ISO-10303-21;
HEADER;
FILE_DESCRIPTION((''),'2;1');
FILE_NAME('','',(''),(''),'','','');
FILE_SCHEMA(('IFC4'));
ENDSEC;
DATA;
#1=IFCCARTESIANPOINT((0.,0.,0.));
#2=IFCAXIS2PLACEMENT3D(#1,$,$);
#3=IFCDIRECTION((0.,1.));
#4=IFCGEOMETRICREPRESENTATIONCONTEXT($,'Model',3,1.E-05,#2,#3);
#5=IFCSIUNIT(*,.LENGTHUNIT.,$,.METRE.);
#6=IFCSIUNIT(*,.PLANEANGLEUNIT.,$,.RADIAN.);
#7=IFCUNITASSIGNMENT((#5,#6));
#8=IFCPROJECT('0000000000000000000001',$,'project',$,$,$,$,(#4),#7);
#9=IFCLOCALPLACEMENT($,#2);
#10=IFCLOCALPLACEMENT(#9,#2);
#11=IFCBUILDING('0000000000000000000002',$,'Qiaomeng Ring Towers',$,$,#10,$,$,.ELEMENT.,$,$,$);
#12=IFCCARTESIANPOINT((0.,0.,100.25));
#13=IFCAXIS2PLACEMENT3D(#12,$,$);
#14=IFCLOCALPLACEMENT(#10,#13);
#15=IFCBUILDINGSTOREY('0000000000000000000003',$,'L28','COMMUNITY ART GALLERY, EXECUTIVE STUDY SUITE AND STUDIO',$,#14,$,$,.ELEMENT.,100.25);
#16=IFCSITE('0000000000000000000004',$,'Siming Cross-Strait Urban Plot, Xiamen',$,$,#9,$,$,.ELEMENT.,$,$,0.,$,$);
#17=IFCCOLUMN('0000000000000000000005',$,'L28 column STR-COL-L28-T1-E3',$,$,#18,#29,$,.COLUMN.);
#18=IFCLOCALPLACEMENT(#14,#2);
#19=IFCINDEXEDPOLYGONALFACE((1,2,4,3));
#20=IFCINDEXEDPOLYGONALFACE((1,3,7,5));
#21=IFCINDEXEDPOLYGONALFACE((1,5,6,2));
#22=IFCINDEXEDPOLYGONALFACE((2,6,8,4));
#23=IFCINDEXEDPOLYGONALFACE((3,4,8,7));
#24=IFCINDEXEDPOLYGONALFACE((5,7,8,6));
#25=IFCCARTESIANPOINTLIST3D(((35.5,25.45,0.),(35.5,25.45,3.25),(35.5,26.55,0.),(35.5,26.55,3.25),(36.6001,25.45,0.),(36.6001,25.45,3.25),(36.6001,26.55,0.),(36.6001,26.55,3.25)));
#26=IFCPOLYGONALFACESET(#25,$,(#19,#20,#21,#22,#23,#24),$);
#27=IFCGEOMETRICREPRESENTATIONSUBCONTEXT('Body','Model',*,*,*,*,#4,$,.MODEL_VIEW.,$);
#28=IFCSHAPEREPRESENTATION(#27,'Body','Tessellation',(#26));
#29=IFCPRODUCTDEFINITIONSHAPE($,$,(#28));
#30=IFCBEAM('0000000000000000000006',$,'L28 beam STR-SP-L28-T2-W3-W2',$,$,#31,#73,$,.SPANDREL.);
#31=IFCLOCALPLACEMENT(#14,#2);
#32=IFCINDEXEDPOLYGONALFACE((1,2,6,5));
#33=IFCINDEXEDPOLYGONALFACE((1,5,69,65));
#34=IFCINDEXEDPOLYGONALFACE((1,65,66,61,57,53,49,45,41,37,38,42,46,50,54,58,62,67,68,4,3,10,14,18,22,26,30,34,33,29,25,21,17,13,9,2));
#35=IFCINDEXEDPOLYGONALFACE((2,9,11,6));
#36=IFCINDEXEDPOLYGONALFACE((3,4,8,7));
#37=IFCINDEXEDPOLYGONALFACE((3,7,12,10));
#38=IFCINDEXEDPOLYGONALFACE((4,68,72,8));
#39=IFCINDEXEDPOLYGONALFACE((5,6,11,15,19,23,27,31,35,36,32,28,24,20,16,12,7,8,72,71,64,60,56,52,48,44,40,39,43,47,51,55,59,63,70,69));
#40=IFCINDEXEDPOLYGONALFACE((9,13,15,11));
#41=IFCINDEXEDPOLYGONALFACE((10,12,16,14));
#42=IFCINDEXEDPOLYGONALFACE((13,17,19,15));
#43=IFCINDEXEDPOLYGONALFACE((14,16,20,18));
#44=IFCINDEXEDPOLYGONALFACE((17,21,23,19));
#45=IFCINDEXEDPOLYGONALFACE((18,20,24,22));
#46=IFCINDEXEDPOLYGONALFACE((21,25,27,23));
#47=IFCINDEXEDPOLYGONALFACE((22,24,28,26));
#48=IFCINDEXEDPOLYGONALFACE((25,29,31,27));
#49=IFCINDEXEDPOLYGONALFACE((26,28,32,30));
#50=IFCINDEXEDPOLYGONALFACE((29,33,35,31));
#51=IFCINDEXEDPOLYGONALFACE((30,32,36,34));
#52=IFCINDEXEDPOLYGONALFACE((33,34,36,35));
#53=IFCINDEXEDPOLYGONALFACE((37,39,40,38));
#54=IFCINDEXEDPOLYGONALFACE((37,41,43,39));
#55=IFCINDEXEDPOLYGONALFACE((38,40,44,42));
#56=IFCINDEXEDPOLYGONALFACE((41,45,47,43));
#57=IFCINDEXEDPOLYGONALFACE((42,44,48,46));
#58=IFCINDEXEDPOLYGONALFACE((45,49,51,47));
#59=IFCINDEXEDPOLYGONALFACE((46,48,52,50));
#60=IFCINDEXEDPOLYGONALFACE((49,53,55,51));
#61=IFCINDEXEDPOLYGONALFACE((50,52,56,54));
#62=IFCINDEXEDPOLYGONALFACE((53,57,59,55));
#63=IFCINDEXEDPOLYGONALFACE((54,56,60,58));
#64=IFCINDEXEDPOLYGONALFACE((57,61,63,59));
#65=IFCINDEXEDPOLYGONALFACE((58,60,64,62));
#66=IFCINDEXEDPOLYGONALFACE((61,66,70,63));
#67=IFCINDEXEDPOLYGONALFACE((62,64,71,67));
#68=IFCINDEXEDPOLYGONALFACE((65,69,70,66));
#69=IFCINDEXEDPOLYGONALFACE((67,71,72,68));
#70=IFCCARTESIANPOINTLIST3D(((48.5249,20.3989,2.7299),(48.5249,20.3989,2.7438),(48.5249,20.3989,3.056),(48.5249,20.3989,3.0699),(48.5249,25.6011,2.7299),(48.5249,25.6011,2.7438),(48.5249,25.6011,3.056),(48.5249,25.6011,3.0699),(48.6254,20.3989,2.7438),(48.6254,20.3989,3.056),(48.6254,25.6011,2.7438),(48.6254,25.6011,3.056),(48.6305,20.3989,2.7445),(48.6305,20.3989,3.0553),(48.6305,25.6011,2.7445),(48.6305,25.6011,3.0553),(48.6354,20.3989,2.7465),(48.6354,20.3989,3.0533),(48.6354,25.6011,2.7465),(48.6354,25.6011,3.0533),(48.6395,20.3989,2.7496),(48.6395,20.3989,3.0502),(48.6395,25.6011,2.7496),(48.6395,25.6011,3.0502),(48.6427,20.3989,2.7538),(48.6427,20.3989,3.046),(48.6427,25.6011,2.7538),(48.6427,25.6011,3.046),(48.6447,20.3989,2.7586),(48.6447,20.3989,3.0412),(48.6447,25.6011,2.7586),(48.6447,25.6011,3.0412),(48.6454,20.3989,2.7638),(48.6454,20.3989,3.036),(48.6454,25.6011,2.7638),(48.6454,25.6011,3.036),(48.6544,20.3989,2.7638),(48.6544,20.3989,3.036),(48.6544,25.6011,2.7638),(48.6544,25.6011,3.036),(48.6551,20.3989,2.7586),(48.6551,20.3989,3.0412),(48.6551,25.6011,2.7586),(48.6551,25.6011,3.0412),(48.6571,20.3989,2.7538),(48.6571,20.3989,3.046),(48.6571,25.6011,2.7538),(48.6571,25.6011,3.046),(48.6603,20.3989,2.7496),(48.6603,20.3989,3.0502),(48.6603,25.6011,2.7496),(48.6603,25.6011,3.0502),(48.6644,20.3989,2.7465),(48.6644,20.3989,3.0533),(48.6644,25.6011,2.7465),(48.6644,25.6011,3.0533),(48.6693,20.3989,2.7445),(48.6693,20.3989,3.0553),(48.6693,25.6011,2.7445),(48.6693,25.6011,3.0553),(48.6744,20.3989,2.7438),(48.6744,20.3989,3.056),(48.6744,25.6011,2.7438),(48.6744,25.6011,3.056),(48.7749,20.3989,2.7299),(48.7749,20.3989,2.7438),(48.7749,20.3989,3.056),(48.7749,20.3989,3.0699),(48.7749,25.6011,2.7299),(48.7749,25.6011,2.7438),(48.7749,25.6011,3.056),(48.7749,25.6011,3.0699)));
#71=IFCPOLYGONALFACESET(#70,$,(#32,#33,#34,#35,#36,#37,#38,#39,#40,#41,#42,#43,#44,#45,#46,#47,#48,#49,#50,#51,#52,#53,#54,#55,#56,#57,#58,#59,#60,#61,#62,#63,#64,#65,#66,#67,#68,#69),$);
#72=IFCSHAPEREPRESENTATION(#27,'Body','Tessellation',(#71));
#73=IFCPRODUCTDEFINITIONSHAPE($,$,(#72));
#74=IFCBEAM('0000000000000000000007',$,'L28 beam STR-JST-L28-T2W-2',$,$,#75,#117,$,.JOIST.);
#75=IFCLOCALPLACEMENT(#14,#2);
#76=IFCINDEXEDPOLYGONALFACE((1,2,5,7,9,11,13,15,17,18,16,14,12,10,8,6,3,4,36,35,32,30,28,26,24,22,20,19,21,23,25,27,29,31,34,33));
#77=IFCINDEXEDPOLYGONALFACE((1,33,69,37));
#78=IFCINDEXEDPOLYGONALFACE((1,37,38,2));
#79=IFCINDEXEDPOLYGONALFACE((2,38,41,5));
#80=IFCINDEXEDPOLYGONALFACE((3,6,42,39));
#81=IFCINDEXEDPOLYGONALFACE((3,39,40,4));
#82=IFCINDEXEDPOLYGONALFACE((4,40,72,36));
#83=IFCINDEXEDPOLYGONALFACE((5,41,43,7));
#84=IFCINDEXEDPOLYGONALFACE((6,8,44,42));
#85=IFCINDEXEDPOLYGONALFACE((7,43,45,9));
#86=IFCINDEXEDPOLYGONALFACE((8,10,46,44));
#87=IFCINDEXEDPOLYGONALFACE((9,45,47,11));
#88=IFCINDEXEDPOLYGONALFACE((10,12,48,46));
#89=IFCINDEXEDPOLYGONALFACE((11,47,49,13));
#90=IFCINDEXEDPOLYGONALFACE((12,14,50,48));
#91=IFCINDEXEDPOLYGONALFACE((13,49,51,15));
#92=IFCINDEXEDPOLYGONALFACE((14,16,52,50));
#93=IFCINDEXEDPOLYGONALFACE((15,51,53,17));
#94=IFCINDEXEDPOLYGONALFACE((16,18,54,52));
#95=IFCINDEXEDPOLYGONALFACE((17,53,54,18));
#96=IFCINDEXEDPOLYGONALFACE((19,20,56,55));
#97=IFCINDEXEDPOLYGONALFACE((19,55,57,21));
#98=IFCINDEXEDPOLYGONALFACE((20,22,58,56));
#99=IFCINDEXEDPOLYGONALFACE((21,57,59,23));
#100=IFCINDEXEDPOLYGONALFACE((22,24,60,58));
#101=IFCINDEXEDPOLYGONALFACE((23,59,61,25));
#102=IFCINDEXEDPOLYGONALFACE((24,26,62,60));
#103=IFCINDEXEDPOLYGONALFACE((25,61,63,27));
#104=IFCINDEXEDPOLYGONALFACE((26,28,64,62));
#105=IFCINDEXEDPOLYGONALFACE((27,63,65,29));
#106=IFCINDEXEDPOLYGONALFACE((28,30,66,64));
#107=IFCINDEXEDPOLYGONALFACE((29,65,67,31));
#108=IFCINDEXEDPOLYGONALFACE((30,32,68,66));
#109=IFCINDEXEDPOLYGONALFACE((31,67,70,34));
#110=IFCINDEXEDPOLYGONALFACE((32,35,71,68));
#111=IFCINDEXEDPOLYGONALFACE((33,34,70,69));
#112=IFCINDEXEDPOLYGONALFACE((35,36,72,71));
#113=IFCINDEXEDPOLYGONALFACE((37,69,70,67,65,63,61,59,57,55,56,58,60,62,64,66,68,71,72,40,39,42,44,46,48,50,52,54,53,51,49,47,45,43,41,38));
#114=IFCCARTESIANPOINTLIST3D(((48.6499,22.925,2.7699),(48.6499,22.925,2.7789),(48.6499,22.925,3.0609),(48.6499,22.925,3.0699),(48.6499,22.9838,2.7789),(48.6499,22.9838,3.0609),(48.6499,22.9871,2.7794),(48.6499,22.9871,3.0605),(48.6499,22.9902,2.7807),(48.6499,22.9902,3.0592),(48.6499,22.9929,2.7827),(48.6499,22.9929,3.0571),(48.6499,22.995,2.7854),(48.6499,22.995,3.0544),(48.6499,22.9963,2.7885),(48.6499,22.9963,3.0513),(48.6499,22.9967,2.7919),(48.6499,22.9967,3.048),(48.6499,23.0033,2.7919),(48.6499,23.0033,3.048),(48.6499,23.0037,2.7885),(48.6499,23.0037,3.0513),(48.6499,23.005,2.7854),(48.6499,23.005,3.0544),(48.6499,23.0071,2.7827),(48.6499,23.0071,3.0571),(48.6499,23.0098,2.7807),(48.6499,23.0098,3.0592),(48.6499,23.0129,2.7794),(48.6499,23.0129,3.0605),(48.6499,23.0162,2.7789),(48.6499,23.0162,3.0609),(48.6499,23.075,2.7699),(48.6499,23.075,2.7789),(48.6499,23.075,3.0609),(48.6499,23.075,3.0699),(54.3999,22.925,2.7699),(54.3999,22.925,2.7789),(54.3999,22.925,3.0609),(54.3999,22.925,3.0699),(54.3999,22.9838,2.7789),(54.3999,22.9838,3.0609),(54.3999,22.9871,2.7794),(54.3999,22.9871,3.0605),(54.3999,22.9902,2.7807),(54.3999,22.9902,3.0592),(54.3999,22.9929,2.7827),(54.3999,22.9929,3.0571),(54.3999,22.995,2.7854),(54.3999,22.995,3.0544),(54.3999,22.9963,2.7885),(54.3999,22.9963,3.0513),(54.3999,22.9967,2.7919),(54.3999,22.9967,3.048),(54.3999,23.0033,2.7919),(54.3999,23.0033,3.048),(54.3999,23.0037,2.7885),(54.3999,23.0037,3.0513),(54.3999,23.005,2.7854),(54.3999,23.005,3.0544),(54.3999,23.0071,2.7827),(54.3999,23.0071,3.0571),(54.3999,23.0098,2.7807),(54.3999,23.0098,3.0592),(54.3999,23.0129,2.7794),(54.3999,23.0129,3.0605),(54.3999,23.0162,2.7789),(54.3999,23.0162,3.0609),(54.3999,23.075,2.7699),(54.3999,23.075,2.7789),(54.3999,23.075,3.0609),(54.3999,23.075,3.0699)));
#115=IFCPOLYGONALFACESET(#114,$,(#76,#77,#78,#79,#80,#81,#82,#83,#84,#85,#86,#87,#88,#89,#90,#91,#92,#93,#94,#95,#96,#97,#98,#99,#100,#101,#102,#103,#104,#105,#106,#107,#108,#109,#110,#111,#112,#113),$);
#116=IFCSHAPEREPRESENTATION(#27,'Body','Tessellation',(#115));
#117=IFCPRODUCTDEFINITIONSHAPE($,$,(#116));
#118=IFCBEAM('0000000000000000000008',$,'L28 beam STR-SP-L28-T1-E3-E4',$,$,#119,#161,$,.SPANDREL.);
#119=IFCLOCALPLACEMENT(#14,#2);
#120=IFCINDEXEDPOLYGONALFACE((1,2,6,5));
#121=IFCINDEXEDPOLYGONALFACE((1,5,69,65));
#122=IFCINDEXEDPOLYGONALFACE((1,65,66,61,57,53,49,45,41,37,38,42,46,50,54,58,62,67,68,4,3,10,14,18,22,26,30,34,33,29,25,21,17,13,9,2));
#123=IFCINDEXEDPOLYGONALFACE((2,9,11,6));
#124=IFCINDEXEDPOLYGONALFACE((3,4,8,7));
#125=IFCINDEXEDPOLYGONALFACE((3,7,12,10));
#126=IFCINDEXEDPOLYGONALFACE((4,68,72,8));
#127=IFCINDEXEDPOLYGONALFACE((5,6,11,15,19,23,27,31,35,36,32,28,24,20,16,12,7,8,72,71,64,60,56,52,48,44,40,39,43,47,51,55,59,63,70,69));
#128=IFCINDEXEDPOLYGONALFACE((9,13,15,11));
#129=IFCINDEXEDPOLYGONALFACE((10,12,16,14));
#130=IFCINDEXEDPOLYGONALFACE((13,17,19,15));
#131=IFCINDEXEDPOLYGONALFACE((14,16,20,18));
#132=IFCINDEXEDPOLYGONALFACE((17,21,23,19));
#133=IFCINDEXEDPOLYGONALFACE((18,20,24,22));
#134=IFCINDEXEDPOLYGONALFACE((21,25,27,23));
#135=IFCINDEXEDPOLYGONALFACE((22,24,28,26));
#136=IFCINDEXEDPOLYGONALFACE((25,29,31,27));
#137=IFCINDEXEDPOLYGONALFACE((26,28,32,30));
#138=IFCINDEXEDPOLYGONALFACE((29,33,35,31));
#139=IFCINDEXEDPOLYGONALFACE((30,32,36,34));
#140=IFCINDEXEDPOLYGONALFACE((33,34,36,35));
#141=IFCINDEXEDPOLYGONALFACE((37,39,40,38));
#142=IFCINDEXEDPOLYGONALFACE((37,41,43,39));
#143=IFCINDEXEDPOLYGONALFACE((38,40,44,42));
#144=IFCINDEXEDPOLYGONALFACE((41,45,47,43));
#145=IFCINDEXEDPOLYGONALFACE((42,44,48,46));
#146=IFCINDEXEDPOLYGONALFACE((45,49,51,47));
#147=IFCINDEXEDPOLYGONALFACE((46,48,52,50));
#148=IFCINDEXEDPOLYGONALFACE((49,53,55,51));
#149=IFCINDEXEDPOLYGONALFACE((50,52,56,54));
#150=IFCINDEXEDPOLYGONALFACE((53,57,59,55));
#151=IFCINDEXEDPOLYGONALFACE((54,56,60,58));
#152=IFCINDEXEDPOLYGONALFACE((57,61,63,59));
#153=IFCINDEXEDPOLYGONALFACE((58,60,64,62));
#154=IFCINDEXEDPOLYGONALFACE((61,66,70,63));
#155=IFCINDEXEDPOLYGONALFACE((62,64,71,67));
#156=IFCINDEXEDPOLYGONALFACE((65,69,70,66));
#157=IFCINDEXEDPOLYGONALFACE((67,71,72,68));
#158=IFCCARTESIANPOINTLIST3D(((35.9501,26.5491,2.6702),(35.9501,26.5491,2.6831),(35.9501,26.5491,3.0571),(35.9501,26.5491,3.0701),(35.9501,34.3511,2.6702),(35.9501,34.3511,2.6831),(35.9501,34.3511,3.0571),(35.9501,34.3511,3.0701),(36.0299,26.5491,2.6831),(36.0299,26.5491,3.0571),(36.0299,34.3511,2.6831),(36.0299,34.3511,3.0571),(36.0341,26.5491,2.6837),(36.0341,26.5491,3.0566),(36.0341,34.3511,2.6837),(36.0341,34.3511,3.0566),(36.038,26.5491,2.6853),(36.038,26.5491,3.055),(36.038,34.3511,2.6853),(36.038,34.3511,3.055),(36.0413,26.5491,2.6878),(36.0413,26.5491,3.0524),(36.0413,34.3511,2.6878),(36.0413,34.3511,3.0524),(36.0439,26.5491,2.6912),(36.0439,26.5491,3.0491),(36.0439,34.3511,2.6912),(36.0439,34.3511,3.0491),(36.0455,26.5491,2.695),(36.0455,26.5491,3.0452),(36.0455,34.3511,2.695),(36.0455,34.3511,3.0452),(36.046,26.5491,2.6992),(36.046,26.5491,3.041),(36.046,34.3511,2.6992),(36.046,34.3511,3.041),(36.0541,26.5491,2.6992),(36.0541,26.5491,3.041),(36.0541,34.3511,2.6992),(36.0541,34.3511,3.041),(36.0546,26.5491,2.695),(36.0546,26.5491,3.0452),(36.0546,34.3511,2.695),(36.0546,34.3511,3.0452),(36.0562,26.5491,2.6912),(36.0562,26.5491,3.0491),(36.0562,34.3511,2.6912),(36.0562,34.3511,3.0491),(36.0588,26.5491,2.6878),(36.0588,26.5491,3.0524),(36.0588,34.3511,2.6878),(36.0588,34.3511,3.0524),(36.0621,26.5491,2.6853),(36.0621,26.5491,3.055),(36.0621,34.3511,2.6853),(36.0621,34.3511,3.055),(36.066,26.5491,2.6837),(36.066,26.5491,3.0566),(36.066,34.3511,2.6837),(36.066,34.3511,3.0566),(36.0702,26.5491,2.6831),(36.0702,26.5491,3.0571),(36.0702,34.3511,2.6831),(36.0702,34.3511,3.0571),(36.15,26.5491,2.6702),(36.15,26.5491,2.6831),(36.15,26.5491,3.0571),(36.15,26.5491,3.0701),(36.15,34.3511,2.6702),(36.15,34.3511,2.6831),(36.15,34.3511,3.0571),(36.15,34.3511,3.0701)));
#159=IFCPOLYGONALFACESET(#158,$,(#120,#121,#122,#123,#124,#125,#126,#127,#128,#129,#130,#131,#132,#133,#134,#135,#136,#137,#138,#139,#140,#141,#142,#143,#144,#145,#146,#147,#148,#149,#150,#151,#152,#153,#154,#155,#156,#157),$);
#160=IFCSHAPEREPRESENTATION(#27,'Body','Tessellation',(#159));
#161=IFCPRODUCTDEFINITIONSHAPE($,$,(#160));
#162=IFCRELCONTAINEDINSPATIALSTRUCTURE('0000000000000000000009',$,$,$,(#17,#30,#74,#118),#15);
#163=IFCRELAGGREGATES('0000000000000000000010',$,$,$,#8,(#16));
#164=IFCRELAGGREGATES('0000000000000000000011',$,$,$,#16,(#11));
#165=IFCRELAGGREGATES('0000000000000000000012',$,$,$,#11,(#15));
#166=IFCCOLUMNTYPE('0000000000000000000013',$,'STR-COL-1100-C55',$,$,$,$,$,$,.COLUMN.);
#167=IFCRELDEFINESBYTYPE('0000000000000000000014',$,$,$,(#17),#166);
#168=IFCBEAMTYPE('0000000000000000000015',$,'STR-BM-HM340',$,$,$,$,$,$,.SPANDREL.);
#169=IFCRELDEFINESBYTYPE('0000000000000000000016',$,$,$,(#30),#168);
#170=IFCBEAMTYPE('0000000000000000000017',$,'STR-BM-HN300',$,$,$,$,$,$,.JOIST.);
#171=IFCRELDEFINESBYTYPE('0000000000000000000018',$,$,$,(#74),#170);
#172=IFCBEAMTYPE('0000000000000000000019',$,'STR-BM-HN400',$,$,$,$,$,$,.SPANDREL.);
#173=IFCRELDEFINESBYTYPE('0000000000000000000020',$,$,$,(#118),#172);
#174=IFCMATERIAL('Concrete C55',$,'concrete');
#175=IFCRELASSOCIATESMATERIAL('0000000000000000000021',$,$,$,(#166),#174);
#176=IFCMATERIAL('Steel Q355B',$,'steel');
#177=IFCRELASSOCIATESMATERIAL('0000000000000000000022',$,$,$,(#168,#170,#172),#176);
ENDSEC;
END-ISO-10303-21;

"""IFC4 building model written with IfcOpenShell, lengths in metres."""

from ifc_helpers import new_model, si_unit, direction, frame, origin, origin_2d, place, context, subcontext, project, spatial, rectangle, i_section, extrude, source, transform, mapped, material, material_profile, profile_set, type_object, element, save


model = new_model("IFC4")

# Units and contexts
model_context = context("Model", 3, precision=1e-05, world=origin(), true_north=direction((0.0, 1.0)))
body_context = subcontext(model_context, "Body", "Model", "MODEL_VIEW")
ifc_project = project(units=[si_unit("LENGTHUNIT", "METRE"), si_unit("PLANEANGLEUNIT", "RADIAN")], contexts=[model_context])

# Site, building, storey
site_placement = place(None, origin())
site = spatial("IfcSite", under=ifc_project, at=site_placement, Name="Siming Cross-Strait Urban Plot, Xiamen", CompositionType="ELEMENT", RefElevation=0.0)
building_placement = place(site_placement, origin())
building = spatial("IfcBuilding", under=site, at=building_placement, Name="Qiaomeng Ring Towers", CompositionType="ELEMENT")
storey_placement = place(building_placement, frame((0.0, 0.0, 100.25)))
storey = spatial("IfcBuildingStorey", under=building, at=storey_placement, Name="L28", Description="COMMUNITY ART GALLERY, EXECUTIVE STUDY SUITE AND STUDIO", CompositionType="ELEMENT", Elevation=100.25)

# Column
ifc_material_1 = material(Name="Concrete C55", Category="concrete")
ifc_material_profile_1 = material_profile(ifc_material_1, rectangle(XDim=1.1001, YDim=1.1001, at=origin_2d()), Name="RC COL 1100x1100")
ifc_profile_set_1 = profile_set([ifc_material_profile_1], Name="Concrete C55")
column_type = type_object("IfcColumnType", Name="STR-COL-1100-C55", PredefinedType="COLUMN", material=ifc_profile_set_1)
shared_shape_1 = source(origin(), body_context, "Body", "SweptSolid", [
    extrude(rectangle(XDim=1.1001, YDim=1.1001, at=origin_2d()), origin(), (0.0, 0.0, 1.0), 3.25),
])
column_placement = place(storey_placement, frame((36.05, 26.0, 0.0), z_axis=(0.0, 0.0, 1.0), x_axis=(1.0, 0.0, 0.0)))
element("IfcColumn", 1, at=column_placement, inside=storey, type_object=column_type, Name="L28 column STR-COL-L28-T1-E3", PredefinedType="COLUMN", context=body_context, shape_type="MappedRepresentation", body=[
    mapped(shared_shape_1, transform((0.0, 0.0, 0.0), x_axis=(1.0, 0.0, 0.0), y_axis=(0.0, 1.0, 0.0), z_axis=(0.0, 0.0, 1.0), scale=1.0)),
])

# Beams
ifc_material_2 = material(Name="Steel Q355B", Category="steel")
ifc_material_profile_2 = material_profile(ifc_material_2, i_section(OverallWidth=0.25, OverallDepth=0.3401, WebThickness=0.009, FlangeThickness=0.0139, FilletRadius=0.02, at=origin_2d()), Name="HM 340x250x9x14")
ifc_profile_set_2 = profile_set([ifc_material_profile_2], Name="Steel Q355B")
beam_type_1 = type_object("IfcBeamType", Name="STR-BM-HM340", PredefinedType="SPANDREL", material=ifc_profile_set_2)
shared_shape_2 = source(origin(), body_context, "Body", "SweptSolid", [
    extrude(i_section(OverallWidth=0.25, OverallDepth=0.3401, WebThickness=0.009, FlangeThickness=0.0139, FilletRadius=0.02, at=origin_2d()), origin(), (0.0, 0.0, 1.0), 5.2021),
])
beam_1_placement = place(storey_placement, frame((48.6499, 25.6011, 2.8999), z_axis=(0.0, -1.0, 0.0), x_axis=(1.0, 0.0, 0.0)))
element("IfcBeam", 2, at=beam_1_placement, inside=storey, type_object=beam_type_1, Name="L28 beam STR-SP-L28-T2-W3-W2", PredefinedType="SPANDREL", context=body_context, shape_type="MappedRepresentation", body=[
    mapped(shared_shape_2, transform((0.0, 0.0, 0.0), x_axis=(1.0, 0.0, 0.0), y_axis=(0.0, 1.0, 0.0), z_axis=(0.0, 0.0, 1.0), scale=1.0)),
])
ifc_material_profile_3 = material_profile(ifc_material_2, i_section(OverallWidth=0.1499, OverallDepth=0.3, WebThickness=0.0066, FlangeThickness=0.009, FilletRadius=0.0129, at=origin_2d()), Name="HN 300x150x6.5x9")
ifc_profile_set_3 = profile_set([ifc_material_profile_3], Name="Steel Q355B")
beam_type_2 = type_object("IfcBeamType", Name="STR-BM-HN300", PredefinedType="JOIST", material=ifc_profile_set_3)
shared_shape_3 = source(origin(), body_context, "Body", "SweptSolid", [
    extrude(i_section(OverallWidth=0.1499, OverallDepth=0.3, WebThickness=0.0066, FlangeThickness=0.009, FilletRadius=0.0129, at=origin_2d()), origin(), (0.0, 0.0, 1.0), 5.75),
])
beam_2_placement = place(storey_placement, frame((48.6499, 23.0, 2.9199), z_axis=(1.0, 0.0, 0.0), x_axis=(0.0, 1.0, 0.0)))
element("IfcBeam", 3, at=beam_2_placement, inside=storey, type_object=beam_type_2, Name="L28 beam STR-JST-L28-T2W-2", PredefinedType="JOIST", context=body_context, shape_type="MappedRepresentation", body=[
    mapped(shared_shape_3, transform((0.0, 0.0, 0.0), x_axis=(1.0, 0.0, 0.0), y_axis=(0.0, 1.0, 0.0), z_axis=(0.0, 0.0, 1.0), scale=1.0)),
])
ifc_material_profile_4 = material_profile(ifc_material_2, i_section(OverallWidth=0.2, OverallDepth=0.3999, WebThickness=0.0081, FlangeThickness=0.0129, FilletRadius=0.0161, at=origin_2d()), Name="HN 400x200x8x13")
ifc_profile_set_4 = profile_set([ifc_material_profile_4], Name="Steel Q355B")
beam_type_3 = type_object("IfcBeamType", Name="STR-BM-HN400", PredefinedType="SPANDREL", material=ifc_profile_set_4)
shared_shape_4 = source(origin(), body_context, "Body", "SweptSolid", [
    extrude(i_section(OverallWidth=0.2, OverallDepth=0.3999, WebThickness=0.0081, FlangeThickness=0.0129, FilletRadius=0.0161, at=origin_2d()), origin(), (0.0, 0.0, 1.0), 7.802),
])
beam_3_placement = place(storey_placement, frame((36.05, 26.5491, 2.8701), z_axis=(0.0, 1.0, 0.0), x_axis=(-1.0, 0.0, 0.0)))
element("IfcBeam", 4, at=beam_3_placement, inside=storey, type_object=beam_type_3, Name="L28 beam STR-SP-L28-T1-E3-E4", PredefinedType="SPANDREL", context=body_context, shape_type="MappedRepresentation", body=[
    mapped(shared_shape_4, transform((0.0, 0.0, 0.0), x_axis=(1.0, 0.0, 0.0), y_axis=(0.0, 1.0, 0.0), z_axis=(0.0, 0.0, 1.0), scale=1.0)),
])

save(model, "model.ifc")
